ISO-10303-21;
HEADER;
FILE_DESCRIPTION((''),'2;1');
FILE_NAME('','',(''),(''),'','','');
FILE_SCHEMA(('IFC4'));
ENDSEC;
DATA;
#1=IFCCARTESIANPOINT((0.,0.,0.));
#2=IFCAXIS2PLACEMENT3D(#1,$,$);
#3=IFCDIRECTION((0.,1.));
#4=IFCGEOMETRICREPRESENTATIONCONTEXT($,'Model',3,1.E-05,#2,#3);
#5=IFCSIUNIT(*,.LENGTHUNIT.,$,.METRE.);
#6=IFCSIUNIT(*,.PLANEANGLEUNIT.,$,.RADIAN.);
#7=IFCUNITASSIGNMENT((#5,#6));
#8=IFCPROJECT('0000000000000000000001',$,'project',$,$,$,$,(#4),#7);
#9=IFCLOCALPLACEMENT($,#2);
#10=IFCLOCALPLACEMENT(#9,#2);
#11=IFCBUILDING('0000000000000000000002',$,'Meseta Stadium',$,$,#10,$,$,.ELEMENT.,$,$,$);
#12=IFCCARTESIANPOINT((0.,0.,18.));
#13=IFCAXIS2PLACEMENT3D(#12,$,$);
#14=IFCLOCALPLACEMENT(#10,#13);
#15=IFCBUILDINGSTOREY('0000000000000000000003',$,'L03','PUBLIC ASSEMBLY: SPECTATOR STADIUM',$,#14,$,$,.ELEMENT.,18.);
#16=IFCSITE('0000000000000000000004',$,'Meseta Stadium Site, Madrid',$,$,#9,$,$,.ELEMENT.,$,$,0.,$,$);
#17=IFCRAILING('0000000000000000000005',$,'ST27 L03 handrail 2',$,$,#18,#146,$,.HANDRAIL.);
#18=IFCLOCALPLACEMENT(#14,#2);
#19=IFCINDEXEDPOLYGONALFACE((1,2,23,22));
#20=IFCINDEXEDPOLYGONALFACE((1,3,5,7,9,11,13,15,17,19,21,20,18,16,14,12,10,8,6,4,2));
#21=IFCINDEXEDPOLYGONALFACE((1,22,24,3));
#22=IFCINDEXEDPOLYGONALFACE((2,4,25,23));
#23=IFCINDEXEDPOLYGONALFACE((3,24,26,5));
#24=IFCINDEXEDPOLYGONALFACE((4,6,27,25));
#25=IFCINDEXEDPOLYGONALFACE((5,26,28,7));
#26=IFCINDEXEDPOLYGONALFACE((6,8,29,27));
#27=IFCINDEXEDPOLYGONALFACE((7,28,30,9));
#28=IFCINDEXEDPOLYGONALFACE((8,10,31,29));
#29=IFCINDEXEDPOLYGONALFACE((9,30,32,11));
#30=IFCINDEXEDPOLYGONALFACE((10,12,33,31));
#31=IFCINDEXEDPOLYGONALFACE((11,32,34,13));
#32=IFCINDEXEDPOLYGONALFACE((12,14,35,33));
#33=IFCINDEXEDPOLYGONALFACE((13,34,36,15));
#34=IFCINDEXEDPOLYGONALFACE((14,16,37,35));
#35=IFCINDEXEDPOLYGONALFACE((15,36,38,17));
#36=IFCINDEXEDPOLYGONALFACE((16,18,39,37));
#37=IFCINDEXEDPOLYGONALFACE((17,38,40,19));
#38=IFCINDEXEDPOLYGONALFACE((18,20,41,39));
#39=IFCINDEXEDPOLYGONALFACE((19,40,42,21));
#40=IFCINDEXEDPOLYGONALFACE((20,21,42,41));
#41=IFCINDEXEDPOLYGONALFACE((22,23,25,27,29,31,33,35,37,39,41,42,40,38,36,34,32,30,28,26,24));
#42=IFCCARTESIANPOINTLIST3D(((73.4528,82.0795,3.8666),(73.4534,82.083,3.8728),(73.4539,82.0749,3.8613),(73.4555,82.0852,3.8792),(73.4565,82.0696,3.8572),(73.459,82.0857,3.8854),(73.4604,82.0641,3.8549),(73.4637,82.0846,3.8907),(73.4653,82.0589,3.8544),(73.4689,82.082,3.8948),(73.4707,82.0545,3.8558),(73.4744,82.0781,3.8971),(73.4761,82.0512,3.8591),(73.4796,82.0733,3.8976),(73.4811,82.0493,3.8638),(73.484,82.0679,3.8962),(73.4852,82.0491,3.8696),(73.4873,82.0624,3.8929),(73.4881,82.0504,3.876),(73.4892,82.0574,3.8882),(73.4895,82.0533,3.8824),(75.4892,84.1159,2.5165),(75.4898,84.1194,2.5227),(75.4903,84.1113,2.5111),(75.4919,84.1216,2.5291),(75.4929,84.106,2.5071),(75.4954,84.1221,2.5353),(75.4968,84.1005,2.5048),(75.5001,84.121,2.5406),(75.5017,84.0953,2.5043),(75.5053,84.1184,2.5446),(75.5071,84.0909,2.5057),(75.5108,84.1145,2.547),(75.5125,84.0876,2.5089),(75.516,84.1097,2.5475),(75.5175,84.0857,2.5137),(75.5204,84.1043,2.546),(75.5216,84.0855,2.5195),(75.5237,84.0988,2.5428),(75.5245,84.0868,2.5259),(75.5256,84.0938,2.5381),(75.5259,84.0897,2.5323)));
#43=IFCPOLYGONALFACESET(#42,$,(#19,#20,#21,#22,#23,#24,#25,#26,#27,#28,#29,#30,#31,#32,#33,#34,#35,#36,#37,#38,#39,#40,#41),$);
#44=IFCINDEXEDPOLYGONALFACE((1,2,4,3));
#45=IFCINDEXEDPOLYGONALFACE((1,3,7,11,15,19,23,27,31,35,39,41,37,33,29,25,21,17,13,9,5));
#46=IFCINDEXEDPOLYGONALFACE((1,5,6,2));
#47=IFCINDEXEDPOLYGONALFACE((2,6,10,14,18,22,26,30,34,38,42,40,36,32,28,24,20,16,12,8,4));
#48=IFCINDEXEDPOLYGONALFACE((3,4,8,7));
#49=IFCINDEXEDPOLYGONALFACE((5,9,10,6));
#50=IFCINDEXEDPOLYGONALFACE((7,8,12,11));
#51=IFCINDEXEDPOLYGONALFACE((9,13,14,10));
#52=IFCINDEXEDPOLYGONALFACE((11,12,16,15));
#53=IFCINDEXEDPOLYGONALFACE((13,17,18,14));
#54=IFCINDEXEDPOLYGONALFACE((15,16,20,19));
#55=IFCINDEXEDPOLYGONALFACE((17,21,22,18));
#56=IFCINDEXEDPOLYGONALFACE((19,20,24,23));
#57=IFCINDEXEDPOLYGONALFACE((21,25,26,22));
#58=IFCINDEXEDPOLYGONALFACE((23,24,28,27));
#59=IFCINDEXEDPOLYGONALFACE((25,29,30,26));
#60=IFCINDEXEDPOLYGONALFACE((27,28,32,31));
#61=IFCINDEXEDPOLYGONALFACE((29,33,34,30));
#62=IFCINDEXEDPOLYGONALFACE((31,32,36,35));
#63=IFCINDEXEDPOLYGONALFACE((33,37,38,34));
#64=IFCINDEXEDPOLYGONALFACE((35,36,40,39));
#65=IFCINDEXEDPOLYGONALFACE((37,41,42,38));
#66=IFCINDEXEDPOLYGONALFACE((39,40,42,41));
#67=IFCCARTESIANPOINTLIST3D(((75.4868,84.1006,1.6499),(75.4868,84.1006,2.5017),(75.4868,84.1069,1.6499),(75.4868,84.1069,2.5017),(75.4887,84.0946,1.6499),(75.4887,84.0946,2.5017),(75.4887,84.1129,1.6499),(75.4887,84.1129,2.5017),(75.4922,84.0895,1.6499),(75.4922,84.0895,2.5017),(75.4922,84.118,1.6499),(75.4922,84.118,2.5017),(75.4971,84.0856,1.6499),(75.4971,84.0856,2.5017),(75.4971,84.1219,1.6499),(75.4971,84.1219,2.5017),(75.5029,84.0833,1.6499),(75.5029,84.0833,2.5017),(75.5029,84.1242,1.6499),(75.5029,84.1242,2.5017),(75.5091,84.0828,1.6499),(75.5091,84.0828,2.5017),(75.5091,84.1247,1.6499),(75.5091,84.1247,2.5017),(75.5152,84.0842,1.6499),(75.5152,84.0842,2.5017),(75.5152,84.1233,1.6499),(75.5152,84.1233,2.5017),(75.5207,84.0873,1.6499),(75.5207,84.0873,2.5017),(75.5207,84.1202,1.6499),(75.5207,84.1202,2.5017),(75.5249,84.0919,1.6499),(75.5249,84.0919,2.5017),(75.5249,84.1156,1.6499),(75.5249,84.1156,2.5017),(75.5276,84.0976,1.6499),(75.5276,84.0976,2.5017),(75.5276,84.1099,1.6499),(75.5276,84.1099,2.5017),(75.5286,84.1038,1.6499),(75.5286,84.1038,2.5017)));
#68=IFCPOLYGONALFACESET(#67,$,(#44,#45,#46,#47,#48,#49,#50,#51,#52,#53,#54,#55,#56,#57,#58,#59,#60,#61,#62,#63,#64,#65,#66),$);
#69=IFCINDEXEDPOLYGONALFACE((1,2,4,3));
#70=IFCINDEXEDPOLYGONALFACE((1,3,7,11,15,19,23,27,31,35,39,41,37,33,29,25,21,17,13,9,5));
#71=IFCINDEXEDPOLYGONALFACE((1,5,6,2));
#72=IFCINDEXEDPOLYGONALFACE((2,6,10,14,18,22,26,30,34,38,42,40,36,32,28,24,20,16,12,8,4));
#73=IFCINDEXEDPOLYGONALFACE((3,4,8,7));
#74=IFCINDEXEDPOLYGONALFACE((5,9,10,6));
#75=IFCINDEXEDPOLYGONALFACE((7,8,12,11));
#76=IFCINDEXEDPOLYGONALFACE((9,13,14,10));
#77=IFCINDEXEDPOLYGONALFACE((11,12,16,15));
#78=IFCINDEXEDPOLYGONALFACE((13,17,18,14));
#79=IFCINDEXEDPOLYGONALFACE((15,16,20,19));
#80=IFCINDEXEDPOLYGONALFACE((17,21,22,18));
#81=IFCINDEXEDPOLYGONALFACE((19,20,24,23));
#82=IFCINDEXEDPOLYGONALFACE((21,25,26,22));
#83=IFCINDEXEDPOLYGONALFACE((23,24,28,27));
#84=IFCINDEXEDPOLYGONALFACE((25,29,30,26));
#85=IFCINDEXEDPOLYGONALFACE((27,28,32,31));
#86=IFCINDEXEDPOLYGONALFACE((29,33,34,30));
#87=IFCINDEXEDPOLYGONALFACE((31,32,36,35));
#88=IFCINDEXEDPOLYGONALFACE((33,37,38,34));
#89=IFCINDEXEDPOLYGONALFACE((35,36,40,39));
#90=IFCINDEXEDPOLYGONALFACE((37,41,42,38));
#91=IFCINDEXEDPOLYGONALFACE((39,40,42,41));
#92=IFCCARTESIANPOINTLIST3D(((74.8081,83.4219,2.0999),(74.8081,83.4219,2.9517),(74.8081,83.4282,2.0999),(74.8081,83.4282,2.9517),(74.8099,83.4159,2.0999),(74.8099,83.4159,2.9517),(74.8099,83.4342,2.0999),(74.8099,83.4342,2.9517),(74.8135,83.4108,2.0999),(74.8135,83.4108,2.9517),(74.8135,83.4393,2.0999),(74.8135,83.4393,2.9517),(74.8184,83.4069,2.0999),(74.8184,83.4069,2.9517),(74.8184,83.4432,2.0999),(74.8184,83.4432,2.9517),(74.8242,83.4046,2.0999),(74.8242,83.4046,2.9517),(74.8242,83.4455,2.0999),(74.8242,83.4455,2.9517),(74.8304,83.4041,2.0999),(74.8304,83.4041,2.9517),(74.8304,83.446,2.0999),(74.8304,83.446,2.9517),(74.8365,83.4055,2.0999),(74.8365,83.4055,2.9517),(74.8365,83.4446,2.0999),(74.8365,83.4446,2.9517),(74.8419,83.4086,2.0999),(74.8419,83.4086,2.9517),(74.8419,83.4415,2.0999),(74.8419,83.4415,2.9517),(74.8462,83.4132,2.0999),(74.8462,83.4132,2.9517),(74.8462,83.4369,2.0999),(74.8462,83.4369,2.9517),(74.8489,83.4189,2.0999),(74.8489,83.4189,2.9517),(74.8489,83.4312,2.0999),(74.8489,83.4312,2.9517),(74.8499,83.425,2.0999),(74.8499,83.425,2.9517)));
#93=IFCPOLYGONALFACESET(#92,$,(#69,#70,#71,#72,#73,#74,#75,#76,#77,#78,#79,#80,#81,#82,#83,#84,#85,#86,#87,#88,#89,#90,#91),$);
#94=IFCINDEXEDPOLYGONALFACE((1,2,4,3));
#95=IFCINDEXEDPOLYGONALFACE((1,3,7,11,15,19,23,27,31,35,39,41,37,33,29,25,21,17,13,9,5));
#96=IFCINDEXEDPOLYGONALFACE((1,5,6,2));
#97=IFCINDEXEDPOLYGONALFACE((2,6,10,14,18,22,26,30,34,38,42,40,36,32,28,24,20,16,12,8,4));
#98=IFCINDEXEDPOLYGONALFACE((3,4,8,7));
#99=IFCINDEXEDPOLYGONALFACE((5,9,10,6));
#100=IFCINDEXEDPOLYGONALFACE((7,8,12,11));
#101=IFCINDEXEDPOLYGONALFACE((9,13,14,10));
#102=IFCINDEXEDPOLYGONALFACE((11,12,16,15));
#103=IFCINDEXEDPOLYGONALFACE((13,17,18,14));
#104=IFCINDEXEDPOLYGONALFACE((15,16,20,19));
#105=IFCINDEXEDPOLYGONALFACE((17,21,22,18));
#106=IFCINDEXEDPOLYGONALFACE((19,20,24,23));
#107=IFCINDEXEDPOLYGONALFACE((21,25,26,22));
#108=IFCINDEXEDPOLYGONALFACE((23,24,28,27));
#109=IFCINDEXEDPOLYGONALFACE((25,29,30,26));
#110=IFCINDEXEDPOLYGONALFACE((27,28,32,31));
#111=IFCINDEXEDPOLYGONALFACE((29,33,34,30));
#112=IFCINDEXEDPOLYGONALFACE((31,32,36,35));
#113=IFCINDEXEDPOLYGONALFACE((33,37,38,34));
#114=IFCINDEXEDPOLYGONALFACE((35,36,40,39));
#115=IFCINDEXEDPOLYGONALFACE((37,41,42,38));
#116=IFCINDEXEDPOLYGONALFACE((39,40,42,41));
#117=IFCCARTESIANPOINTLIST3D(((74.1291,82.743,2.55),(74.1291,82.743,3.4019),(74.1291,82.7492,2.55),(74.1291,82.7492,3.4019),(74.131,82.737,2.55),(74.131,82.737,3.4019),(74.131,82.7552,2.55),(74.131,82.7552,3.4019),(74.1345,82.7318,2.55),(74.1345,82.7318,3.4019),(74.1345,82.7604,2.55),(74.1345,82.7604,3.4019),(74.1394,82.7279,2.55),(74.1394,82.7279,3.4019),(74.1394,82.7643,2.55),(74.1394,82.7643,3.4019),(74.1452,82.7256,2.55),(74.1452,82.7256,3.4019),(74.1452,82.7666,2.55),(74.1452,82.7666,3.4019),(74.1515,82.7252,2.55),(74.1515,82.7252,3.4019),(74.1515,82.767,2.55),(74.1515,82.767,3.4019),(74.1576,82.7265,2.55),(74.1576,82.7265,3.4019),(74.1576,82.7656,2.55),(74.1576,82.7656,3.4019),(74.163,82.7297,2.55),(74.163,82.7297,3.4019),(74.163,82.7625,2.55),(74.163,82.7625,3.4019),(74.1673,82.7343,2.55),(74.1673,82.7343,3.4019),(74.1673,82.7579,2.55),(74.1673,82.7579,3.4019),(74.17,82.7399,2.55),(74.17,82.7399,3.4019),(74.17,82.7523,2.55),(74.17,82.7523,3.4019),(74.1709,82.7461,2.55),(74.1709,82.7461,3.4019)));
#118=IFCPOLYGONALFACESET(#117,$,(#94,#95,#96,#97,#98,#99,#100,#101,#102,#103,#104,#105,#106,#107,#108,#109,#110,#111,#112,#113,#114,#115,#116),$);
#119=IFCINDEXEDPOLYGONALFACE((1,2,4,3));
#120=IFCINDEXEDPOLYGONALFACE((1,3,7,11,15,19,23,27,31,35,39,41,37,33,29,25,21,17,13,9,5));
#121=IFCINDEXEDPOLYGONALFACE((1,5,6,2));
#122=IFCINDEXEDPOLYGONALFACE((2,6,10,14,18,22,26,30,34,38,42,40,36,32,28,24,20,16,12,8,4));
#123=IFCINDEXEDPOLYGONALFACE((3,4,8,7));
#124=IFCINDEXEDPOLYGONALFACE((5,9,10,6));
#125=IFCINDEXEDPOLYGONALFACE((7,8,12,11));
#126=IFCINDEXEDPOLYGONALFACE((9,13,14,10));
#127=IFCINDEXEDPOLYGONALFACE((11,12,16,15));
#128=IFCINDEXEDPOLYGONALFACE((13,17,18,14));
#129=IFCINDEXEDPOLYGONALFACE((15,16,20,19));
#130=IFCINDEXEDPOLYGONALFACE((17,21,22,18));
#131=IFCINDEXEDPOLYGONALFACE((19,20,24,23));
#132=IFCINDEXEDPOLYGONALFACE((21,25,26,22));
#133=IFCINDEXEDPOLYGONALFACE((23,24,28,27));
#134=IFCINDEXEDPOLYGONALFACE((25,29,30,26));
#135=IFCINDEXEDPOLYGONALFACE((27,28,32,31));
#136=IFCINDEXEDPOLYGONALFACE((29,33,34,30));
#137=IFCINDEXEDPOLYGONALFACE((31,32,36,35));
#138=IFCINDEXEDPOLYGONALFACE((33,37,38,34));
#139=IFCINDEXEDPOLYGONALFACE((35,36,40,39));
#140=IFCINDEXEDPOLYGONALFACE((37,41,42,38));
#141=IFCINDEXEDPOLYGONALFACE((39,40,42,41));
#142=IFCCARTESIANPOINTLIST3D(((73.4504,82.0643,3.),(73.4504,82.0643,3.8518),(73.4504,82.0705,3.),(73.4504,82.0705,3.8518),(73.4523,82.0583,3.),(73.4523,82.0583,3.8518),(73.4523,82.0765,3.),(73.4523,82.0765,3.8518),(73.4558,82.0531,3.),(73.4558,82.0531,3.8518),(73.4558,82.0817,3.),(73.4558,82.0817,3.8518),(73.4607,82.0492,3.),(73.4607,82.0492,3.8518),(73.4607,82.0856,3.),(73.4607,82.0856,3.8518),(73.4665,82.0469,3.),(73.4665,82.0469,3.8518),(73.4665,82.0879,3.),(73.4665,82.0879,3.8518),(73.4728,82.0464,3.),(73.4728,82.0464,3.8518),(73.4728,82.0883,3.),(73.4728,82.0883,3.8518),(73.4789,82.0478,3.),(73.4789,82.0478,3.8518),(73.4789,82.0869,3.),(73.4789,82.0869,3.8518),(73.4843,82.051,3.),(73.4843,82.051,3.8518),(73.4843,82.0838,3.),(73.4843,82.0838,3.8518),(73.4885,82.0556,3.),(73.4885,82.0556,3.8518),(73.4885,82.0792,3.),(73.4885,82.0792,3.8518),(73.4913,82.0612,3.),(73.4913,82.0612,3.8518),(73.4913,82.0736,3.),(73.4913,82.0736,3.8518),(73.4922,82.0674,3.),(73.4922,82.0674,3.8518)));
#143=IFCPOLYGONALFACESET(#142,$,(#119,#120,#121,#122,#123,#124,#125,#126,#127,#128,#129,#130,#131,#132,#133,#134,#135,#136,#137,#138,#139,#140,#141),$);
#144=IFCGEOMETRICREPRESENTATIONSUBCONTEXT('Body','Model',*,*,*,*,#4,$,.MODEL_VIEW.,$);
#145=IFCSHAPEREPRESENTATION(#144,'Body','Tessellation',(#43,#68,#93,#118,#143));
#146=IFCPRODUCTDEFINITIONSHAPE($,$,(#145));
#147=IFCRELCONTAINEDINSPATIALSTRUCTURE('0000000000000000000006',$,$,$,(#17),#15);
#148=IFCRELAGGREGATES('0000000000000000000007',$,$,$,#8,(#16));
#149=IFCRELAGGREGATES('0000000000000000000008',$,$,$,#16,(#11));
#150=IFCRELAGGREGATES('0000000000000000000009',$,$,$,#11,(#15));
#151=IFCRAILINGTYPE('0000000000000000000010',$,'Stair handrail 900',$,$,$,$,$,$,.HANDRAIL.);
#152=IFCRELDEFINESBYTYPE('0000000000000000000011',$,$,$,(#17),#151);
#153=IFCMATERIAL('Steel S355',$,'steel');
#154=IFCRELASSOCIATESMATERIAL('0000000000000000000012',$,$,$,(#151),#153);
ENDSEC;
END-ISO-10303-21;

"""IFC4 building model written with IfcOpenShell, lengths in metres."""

from ifc_helpers import new_model, si_unit, direction, frame, origin, origin_2d, place, context, subcontext, project, spatial, circle, extrude, material, type_object, element, save


model = new_model("IFC4")

# Units and contexts
model_context = context("Model", 3, precision=1e-05, world=origin(), true_north=direction((0.0, 1.0)))
body_context = subcontext(model_context, "Body", "Model", "MODEL_VIEW")
ifc_project = project(units=[si_unit("LENGTHUNIT", "METRE"), si_unit("PLANEANGLEUNIT", "RADIAN")], contexts=[model_context])

# Site, building, storey
site_placement = place(None, origin())
site = spatial("IfcSite", under=ifc_project, at=site_placement, Name="Meseta Stadium Site, Madrid", CompositionType="ELEMENT", RefElevation=0.0)
building_placement = place(site_placement, origin())
building = spatial("IfcBuilding", under=site, at=building_placement, Name="Meseta Stadium", CompositionType="ELEMENT")
storey_placement = place(building_placement, frame((0.0, 0.0, 18.0)))
storey = spatial("IfcBuildingStorey", under=building, at=storey_placement, Name="L03", Description="PUBLIC ASSEMBLY: SPECTATOR STADIUM", CompositionType="ELEMENT", Elevation=18.0)

# Railing
ifc_material_1 = material(Name="Steel S355", Category="steel")
railing_type_1 = type_object("IfcRailingType", Name="Stair handrail 900", PredefinedType="HANDRAIL", material=ifc_material_1)
for number, where, name in (
    (1, (75.5076, 84.1038, 1.6499), "ST27 L03 handrail 2"),
):
    element("IfcRailing", number, at=place(storey_placement, frame(where)), inside=storey, type_object=railing_type_1, Name=name, PredefinedType="HANDRAIL", context=body_context, shape_type="SweptSolid", body=[
        extrude(circle(Radius=0.0239, at=origin_2d()), frame((0.0, 0.0, 0.876), z_axis=(-0.640243, -0.640243, 0.424475), x_axis=(0.707107, -0.707107, 0.0)), (0.0, 0.0, 1.0), 3.1807),
        extrude(circle(Radius=0.021, at=origin_2d()), origin(), (0.0, 0.0, 1.0), 0.8518),
        extrude(circle(Radius=0.021, at=origin_2d()), frame((-0.6787, -0.6787, 0.45)), (0.0, 0.0, 1.0), 0.8518),
        extrude(circle(Radius=0.021, at=origin_2d()), frame((-1.3577, -1.3577, 0.9001)), (0.0, 0.0, 1.0), 0.8518),
        extrude(circle(Radius=0.021, at=origin_2d()), frame((-2.0364, -2.0364, 1.3501)), (0.0, 0.0, 1.0), 0.8518),
    ])

save(model, "model.ifc")
